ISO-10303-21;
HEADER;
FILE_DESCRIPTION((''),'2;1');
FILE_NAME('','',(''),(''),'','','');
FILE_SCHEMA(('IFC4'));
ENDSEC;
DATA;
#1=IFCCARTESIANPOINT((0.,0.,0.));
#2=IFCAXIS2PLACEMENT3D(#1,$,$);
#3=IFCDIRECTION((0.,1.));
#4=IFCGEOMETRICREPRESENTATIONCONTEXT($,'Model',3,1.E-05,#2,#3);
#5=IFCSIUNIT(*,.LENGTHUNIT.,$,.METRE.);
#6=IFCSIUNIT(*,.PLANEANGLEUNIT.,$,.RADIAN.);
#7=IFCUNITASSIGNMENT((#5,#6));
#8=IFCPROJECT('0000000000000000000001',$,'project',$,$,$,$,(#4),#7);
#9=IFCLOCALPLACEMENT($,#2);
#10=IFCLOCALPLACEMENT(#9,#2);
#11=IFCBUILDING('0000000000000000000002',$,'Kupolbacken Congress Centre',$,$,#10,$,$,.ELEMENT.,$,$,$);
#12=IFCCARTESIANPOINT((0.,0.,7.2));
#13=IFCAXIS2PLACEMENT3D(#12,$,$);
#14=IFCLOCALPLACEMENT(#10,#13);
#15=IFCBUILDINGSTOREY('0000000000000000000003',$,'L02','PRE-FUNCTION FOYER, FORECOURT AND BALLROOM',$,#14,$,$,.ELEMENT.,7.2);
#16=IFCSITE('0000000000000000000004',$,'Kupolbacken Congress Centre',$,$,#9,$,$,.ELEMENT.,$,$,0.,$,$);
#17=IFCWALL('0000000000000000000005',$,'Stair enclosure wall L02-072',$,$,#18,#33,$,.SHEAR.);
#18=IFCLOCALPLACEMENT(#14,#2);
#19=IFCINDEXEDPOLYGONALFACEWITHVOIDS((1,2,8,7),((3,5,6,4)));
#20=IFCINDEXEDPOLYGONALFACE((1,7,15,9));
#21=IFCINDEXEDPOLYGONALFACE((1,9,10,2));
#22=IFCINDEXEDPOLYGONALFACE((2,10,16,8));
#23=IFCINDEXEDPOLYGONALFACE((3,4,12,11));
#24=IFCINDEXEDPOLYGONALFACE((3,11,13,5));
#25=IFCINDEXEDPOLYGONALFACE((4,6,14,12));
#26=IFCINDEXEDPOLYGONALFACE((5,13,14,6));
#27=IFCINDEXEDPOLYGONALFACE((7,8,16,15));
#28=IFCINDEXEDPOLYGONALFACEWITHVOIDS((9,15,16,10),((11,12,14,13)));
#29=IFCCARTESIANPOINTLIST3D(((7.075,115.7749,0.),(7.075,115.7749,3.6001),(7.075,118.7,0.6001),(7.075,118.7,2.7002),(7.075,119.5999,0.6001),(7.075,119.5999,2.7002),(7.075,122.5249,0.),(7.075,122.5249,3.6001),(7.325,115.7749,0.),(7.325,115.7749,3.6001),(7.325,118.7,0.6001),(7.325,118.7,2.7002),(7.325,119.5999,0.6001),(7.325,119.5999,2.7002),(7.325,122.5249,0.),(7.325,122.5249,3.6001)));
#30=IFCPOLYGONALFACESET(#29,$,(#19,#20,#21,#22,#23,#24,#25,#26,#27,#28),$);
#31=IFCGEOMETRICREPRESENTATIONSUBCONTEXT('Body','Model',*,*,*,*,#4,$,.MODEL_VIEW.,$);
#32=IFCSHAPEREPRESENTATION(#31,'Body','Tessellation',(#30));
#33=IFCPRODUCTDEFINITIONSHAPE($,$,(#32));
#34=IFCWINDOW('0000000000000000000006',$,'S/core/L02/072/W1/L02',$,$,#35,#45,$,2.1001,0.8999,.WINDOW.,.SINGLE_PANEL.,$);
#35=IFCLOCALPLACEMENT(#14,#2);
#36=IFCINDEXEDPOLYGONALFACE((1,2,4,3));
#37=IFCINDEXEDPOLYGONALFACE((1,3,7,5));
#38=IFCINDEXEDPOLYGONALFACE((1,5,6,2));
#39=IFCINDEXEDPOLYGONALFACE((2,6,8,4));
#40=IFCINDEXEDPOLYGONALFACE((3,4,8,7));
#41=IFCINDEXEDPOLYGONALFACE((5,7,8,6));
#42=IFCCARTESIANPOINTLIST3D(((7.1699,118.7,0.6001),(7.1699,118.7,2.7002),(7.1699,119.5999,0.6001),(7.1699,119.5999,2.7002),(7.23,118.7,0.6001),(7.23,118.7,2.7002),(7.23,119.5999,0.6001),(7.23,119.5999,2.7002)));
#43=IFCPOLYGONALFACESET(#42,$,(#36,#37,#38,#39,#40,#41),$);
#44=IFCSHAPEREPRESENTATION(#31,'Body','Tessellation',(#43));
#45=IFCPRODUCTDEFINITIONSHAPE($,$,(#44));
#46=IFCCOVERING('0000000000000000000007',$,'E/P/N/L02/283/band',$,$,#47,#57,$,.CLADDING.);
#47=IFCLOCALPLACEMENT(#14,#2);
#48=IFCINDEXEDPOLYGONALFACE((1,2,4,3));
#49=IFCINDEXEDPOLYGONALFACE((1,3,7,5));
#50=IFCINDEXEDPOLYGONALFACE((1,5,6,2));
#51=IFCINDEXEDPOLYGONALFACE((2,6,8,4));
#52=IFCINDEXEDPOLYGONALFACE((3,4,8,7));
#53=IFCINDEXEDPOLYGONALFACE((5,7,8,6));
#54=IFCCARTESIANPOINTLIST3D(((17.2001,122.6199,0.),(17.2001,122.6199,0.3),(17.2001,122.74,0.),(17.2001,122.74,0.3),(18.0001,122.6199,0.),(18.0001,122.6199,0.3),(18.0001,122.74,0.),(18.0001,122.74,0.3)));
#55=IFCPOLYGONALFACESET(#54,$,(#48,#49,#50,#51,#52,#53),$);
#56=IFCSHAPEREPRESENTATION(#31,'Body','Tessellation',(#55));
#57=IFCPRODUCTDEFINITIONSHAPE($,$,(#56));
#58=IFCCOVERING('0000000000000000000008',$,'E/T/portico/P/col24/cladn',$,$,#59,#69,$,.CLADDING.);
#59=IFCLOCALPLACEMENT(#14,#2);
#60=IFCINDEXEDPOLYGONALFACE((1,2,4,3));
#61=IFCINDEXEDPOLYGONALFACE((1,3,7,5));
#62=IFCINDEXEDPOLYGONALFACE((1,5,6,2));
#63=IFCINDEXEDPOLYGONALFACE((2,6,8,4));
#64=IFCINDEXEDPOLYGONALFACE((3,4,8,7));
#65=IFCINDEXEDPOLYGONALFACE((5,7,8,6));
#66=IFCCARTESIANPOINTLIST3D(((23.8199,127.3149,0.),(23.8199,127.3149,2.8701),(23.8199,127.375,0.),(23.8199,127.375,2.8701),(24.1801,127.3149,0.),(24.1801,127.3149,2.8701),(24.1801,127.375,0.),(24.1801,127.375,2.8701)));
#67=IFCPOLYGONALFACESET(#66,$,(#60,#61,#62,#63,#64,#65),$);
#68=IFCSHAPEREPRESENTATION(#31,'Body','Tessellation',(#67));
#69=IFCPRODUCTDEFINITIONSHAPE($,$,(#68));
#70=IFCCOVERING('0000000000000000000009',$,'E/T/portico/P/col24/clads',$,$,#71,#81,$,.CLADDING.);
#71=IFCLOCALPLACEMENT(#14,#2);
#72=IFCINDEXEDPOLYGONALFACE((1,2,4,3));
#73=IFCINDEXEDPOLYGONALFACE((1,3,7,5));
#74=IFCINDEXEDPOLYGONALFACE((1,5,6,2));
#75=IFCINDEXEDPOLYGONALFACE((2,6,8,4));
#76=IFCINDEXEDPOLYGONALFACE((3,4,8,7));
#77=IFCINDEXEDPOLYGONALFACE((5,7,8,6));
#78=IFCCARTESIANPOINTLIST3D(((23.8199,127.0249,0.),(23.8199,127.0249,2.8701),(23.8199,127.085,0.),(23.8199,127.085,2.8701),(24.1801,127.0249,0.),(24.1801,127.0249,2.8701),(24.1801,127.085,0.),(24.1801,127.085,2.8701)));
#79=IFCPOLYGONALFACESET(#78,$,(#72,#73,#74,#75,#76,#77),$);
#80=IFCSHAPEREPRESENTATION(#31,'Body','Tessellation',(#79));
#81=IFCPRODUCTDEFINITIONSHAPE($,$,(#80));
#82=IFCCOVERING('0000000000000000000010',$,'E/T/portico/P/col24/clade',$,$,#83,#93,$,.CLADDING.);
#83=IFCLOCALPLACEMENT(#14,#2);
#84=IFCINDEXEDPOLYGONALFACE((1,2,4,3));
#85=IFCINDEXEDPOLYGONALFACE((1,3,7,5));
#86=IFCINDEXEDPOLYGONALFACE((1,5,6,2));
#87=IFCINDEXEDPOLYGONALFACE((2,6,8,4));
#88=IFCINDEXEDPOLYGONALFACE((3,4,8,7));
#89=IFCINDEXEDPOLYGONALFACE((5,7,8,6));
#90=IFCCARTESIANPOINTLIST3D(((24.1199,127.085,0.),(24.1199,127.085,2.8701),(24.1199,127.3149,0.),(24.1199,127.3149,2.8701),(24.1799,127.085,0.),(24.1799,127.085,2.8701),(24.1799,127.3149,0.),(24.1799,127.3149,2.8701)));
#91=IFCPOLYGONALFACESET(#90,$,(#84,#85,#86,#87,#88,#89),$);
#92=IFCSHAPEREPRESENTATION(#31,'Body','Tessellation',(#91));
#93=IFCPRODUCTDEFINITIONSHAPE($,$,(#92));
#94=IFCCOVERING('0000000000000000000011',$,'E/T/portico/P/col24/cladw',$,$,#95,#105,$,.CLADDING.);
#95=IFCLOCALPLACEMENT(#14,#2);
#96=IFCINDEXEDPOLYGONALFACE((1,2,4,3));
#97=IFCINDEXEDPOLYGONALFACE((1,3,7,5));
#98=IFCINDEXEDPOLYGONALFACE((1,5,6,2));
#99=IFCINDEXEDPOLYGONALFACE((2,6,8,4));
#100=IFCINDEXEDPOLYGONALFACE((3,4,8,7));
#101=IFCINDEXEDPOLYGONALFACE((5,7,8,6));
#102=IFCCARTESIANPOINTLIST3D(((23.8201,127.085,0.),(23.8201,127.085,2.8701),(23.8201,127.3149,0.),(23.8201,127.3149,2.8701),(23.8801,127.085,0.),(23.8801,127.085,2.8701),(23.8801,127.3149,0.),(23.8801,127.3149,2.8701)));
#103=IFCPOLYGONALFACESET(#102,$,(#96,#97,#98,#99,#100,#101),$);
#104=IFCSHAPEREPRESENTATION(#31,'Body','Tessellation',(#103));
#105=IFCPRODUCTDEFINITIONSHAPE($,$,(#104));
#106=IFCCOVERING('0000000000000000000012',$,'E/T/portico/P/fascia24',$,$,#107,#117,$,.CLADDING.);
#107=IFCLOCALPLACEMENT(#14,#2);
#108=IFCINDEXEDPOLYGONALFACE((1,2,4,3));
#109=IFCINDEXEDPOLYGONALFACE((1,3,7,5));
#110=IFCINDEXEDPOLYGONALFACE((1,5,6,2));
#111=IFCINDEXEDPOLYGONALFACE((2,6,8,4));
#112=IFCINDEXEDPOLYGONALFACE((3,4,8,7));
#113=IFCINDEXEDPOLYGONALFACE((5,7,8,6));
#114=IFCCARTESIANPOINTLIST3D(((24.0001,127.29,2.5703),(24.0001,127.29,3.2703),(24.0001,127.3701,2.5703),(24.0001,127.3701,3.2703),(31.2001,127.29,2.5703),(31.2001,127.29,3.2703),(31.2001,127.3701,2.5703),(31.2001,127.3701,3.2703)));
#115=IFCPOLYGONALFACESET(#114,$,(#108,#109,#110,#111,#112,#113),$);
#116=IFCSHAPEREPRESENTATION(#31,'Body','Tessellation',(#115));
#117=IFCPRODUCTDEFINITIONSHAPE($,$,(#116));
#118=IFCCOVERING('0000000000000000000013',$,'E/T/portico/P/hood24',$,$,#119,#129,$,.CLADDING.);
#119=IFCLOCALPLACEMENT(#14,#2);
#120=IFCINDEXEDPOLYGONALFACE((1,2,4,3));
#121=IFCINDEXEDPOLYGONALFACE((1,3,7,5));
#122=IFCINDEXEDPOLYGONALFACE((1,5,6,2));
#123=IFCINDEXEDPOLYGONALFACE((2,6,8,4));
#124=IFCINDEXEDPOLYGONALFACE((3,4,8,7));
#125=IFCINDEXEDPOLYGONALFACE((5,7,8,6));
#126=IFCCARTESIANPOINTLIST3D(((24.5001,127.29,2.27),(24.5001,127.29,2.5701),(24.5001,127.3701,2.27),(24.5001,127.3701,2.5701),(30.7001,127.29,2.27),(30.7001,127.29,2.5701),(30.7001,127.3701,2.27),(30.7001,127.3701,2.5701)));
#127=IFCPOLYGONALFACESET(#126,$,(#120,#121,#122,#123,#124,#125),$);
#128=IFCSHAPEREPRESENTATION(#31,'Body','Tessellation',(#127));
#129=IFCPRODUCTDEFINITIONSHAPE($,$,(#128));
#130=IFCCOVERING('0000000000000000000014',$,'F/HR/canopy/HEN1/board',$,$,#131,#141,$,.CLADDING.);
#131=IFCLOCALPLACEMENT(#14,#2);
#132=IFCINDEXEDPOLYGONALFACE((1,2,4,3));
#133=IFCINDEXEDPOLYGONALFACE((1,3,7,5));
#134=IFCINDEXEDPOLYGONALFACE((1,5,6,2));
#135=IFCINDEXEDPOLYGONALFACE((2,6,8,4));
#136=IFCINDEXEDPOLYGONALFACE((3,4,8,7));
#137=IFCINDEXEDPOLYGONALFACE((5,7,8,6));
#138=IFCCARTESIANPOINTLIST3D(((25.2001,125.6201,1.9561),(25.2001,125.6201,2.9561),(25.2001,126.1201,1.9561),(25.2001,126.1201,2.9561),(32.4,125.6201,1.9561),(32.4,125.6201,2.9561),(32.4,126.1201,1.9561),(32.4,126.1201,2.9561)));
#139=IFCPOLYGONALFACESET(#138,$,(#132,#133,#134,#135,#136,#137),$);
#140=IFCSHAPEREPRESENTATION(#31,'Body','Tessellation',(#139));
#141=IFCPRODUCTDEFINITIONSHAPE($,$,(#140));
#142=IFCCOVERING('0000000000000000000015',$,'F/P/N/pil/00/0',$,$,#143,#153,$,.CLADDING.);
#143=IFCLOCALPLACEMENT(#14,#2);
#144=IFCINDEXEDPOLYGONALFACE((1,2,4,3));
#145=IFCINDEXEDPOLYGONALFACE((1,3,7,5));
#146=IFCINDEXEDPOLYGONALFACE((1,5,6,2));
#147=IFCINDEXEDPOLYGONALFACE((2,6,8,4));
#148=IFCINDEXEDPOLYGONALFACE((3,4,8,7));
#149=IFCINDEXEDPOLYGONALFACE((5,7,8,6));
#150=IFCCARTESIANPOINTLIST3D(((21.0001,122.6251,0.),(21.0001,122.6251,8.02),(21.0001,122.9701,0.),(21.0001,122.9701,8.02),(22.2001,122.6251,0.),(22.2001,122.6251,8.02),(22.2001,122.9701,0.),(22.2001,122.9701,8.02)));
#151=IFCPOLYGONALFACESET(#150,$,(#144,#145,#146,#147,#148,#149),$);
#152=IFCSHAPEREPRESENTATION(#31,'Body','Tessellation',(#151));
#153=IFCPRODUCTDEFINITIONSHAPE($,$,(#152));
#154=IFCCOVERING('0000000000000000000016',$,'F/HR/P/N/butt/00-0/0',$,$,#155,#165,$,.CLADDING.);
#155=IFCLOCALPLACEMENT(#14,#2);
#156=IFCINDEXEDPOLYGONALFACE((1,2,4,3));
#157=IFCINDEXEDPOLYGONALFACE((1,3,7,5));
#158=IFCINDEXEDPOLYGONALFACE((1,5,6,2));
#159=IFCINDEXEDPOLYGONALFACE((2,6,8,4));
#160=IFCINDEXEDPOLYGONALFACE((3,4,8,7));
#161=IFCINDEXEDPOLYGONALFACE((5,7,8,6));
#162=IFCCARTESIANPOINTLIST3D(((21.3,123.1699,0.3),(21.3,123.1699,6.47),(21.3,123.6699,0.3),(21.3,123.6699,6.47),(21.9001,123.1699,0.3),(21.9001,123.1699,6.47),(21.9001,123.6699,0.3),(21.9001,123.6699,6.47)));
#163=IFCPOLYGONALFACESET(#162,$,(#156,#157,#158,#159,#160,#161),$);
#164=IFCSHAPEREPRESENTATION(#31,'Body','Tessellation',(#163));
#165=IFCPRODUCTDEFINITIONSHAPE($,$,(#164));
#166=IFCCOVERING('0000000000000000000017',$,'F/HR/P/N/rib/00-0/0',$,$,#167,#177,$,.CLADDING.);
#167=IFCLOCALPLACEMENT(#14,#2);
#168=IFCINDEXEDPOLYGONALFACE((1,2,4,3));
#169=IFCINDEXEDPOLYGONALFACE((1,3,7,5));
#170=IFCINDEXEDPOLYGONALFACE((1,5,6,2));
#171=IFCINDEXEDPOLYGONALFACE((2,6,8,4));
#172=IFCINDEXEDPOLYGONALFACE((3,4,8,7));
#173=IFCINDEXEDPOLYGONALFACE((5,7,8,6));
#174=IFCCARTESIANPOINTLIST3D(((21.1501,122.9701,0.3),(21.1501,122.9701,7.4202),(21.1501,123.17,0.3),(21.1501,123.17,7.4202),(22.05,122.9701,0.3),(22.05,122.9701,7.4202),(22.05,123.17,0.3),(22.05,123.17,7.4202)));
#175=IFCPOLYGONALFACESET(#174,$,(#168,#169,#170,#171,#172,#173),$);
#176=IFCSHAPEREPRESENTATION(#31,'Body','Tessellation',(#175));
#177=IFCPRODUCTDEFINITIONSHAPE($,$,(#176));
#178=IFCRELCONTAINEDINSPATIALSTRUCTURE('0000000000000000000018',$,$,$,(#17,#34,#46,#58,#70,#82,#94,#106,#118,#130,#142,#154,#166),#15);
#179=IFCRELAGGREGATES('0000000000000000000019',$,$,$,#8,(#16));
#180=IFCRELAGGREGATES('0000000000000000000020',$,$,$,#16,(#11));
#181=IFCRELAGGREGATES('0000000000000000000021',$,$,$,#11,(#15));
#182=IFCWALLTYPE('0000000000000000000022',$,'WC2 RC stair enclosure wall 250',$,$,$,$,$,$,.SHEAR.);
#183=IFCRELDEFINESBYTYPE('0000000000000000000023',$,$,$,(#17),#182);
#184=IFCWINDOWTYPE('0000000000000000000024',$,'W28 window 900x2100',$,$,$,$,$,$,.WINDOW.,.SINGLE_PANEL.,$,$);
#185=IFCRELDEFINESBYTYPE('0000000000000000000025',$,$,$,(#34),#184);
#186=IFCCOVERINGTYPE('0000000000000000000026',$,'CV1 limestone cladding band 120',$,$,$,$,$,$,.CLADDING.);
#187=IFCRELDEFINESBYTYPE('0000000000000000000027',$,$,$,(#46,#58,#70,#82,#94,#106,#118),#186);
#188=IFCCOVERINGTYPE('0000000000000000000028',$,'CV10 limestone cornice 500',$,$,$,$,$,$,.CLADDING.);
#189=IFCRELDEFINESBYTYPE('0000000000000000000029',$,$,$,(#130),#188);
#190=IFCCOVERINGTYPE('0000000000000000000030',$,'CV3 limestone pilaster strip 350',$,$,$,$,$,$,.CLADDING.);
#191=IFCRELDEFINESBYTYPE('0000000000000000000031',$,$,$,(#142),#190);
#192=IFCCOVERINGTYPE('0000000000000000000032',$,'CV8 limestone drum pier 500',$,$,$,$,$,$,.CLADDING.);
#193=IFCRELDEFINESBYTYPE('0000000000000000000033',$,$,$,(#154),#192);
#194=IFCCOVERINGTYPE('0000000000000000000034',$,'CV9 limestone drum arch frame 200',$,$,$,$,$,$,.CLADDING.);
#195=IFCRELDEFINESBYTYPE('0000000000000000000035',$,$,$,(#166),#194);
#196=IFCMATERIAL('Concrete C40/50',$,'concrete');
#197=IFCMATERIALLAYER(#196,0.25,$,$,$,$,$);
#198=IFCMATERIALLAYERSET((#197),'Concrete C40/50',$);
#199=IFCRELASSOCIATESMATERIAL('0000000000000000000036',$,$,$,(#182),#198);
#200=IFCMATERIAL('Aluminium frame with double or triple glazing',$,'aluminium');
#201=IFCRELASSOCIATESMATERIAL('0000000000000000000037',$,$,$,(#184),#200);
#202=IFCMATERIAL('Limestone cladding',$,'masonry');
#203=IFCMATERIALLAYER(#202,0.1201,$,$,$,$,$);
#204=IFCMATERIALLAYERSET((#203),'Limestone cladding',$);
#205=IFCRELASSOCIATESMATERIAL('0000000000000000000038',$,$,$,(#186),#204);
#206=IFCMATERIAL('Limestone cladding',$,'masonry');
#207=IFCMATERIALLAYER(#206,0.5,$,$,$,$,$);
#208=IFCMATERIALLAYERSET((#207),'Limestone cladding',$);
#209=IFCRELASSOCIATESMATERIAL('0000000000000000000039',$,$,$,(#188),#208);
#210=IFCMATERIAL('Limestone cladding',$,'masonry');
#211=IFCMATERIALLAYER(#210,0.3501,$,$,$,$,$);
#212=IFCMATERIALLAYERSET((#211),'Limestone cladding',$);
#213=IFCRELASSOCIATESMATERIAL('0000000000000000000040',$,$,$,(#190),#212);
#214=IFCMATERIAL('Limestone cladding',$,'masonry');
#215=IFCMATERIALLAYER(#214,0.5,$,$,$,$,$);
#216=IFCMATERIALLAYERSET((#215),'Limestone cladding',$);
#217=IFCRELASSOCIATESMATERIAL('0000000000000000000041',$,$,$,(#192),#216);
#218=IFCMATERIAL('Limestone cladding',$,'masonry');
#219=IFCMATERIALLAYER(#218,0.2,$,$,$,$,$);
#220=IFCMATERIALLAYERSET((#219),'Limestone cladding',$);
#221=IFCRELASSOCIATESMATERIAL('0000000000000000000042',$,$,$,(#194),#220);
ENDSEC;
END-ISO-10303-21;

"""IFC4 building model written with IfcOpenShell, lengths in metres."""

from ifc_helpers import new_model, si_unit, direction, frame, frame_2d, origin, origin_2d, place, context, subcontext, project, spatial, rectangle, extrude, material, layer, layer_set, type_object, element, fill, save


model = new_model("IFC4")

# Units and contexts
model_context = context("Model", 3, precision=1e-05, world=origin(), true_north=direction((0.0, 1.0)))
body_context = subcontext(model_context, "Body", "Model", "MODEL_VIEW")
ifc_project = project(units=[si_unit("LENGTHUNIT", "METRE"), si_unit("PLANEANGLEUNIT", "RADIAN")], contexts=[model_context])

# Site, building, storey
site_placement = place(None, origin())
site = spatial("IfcSite", under=ifc_project, at=site_placement, Name="Kupolbacken Congress Centre", CompositionType="ELEMENT", RefElevation=0.0)
building_placement = place(site_placement, origin())
building = spatial("IfcBuilding", under=site, at=building_placement, Name="Kupolbacken Congress Centre", CompositionType="ELEMENT")
storey_placement = place(building_placement, frame((0.0, 0.0, 7.2)))
storey = spatial("IfcBuildingStorey", under=building, at=storey_placement, Name="L02", Description="PRE-FUNCTION FOYER, FORECOURT AND BALLROOM", CompositionType="ELEMENT", Elevation=7.2)

# Wall, opening, window
ifc_material_1 = material(Name="Concrete C40/50", Category="concrete")
ifc_layer_1 = layer(ifc_material_1, 0.25)
ifc_layer_set_1 = layer_set([ifc_layer_1], Name="Concrete C40/50")
wall_type_1 = type_object("IfcWallType", Name="WC2 RC stair enclosure wall 250", PredefinedType="SHEAR", material=ifc_layer_set_1)
wall_1_placement = place(storey_placement, frame((7.2, 122.5249, 0.0), z_axis=(0.0, 0.0, 1.0), x_axis=(0.0, -1.0, 0.0)))
wall_1 = element("IfcWall", 1, at=wall_1_placement, inside=storey, type_object=wall_type_1, Name="Stair enclosure wall L02-072", PredefinedType="SHEAR", context=body_context, shape_type="SweptSolid", body=[
    extrude(rectangle(XDim=6.75, YDim=0.25, at=frame_2d((3.375, 0.0))), origin(), (0.0, 0.0, 1.0), 3.6001),
])
opening_placement = place(wall_1_placement, frame((2.925, 0.0, 0.6001)))
opening = element("IfcOpeningElement", 2, at=opening_placement, cuts=wall_1, PredefinedType="OPENING", context=body_context, shape_type="SweptSolid", body=[
    extrude(rectangle(XDim=0.8999, YDim=2.1001, at=frame_2d((0.45, 1.05))), frame((0.0, 0.135, 0.0), z_axis=(0.0, -1.0, 0.0), x_axis=(1.0, 0.0, 0.0)), (0.0, 0.0, 1.0), 0.27),
])
ifc_material_2 = material(Name="Aluminium frame with double or triple glazing", Category="aluminium")
window_type = type_object("IfcWindowType", Name="W28 window 900x2100", PartitioningType="SINGLE_PANEL", PredefinedType="WINDOW", material=ifc_material_2)
window_placement = place(opening_placement, origin())
window = element("IfcWindow", 3, at=window_placement, inside=storey, type_object=window_type, Name="S/core/L02/072/W1/L02", OverallHeight=2.1001, OverallWidth=0.8999, PartitioningType="SINGLE_PANEL", PredefinedType="WINDOW", context=body_context, shape_type="SweptSolid", body=[
    extrude(rectangle(XDim=0.8999, YDim=2.1001, at=frame_2d((0.45, 1.05))), frame((0.0, 0.03, 0.0), z_axis=(0.0, -1.0, 0.0), x_axis=(1.0, 0.0, 0.0)), (0.0, 0.0, 1.0), 0.0601),
])
fill(opening, window)

# Coverings
ifc_material_3 = material(Name="Limestone cladding", Category="masonry")
ifc_layer_2 = layer(ifc_material_3, 0.1201)
ifc_layer_set_2 = layer_set([ifc_layer_2], Name="Limestone cladding")
covering_type_1 = type_object("IfcCoveringType", Name="CV1 limestone cladding band 120", PredefinedType="CLADDING", material=ifc_layer_set_2)
covering_1_placement = place(storey_placement, frame((17.6001, 122.6799, 0.0), z_axis=(0.0, 0.0, 1.0), x_axis=(-1.0, 0.0, 0.0)))
element("IfcCovering", 4, at=covering_1_placement, inside=storey, type_object=covering_type_1, Name="E/P/N/L02/283/band", PredefinedType="CLADDING", context=body_context, shape_type="SweptSolid", body=[
    extrude(rectangle(XDim=0.8, YDim=0.1201, at=origin_2d()), origin(), (0.0, 0.0, 1.0), 0.3),
])
for number, where, z_axis, x_axis, name in (
    (5, (24.0, 127.345, 0.0), (0.0, 0.0, 1.0), (1.0, 0.0, 0.0), "E/T/portico/P/col24/cladn"),
    (6, (24.0, 127.0549, 0.0), (0.0, 0.0, 1.0), (1.0, 0.0, 0.0), "E/T/portico/P/col24/clads"),
):
    element("IfcCovering", number, at=place(storey_placement, frame(where, z_axis=z_axis, x_axis=x_axis)), inside=storey, type_object=covering_type_1, Name=name, PredefinedType="CLADDING", context=body_context, shape_type="SweptSolid", body=[
        extrude(rectangle(XDim=0.3601, YDim=0.0601, at=origin_2d()), origin(), (0.0, 0.0, 1.0), 2.8701),
    ])
for number, where, z_axis, x_axis, name in (
    (7, (24.1499, 127.2, 0.0), (0.0, 0.0, 1.0), (1.0, 0.0, 0.0), "E/T/portico/P/col24/clade"),
    (8, (23.8501, 127.2, 0.0), (0.0, 0.0, 1.0), (1.0, 0.0, 0.0), "E/T/portico/P/col24/cladw"),
):
    element("IfcCovering", number, at=place(storey_placement, frame(where, z_axis=z_axis, x_axis=x_axis)), inside=storey, type_object=covering_type_1, Name=name, PredefinedType="CLADDING", context=body_context, shape_type="SweptSolid", body=[
        extrude(rectangle(XDim=0.0601, YDim=0.23, at=origin_2d()), origin(), (0.0, 0.0, 1.0), 2.8701),
    ])
covering_2_placement = place(storey_placement, frame((27.6001, 127.3301, 2.5703), z_axis=(0.0, 0.0, 1.0), x_axis=(1.0, 0.0, 0.0)))
element("IfcCovering", 9, at=covering_2_placement, inside=storey, type_object=covering_type_1, Name="E/T/portico/P/fascia24", PredefinedType="CLADDING", context=body_context, shape_type="SweptSolid", body=[
    extrude(rectangle(XDim=7.2, YDim=0.0801, at=origin_2d()), origin(), (0.0, 0.0, 1.0), 0.7),
])
covering_3_placement = place(storey_placement, frame((27.6001, 127.3301, 2.27), z_axis=(0.0, 0.0, 1.0), x_axis=(1.0, 0.0, 0.0)))
element("IfcCovering", 10, at=covering_3_placement, inside=storey, type_object=covering_type_1, Name="E/T/portico/P/hood24", PredefinedType="CLADDING", context=body_context, shape_type="SweptSolid", body=[
    extrude(rectangle(XDim=6.2, YDim=0.0801, at=origin_2d()), origin(), (0.0, 0.0, 1.0), 0.3),
])
ifc_material_4 = material(Name="Limestone cladding", Category="masonry")
ifc_layer_3 = layer(ifc_material_4, 0.5)
ifc_layer_set_3 = layer_set([ifc_layer_3], Name="Limestone cladding")
covering_type_2 = type_object("IfcCoveringType", Name="CV10 limestone cornice 500", PredefinedType="CLADDING", material=ifc_layer_set_3)
covering_4_placement = place(storey_placement, frame((28.8, 125.8701, 1.9561), z_axis=(0.0, 0.0, 1.0), x_axis=(-1.0, 0.0, 0.0)))
element("IfcCovering", 11, at=covering_4_placement, inside=storey, type_object=covering_type_2, Name="F/HR/canopy/HEN1/board", PredefinedType="CLADDING", context=body_context, shape_type="SweptSolid", body=[
    extrude(rectangle(XDim=7.2, YDim=0.5, at=origin_2d()), origin(), (0.0, 0.0, 1.0), 1.0),
])
ifc_material_5 = material(Name="Limestone cladding", Category="masonry")
ifc_layer_4 = layer(ifc_material_5, 0.3501)
ifc_layer_set_4 = layer_set([ifc_layer_4], Name="Limestone cladding")
covering_type_3 = type_object("IfcCoveringType", Name="CV3 limestone pilaster strip 350", PredefinedType="CLADDING", material=ifc_layer_set_4)
covering_5_placement = place(storey_placement, frame((21.6001, 122.7976, 0.0), z_axis=(0.0, 0.0, 1.0), x_axis=(1.0, 0.0, 0.0)))
element("IfcCovering", 12, at=covering_5_placement, inside=storey, type_object=covering_type_3, Name="F/P/N/pil/00/0", PredefinedType="CLADDING", context=body_context, shape_type="SweptSolid", body=[
    extrude(rectangle(XDim=1.2, YDim=0.345, at=origin_2d()), origin(), (0.0, 0.0, 1.0), 8.02),
])
ifc_material_6 = material(Name="Limestone cladding", Category="masonry")
ifc_layer_5 = layer(ifc_material_6, 0.5)
ifc_layer_set_5 = layer_set([ifc_layer_5], Name="Limestone cladding")
covering_type_4 = type_object("IfcCoveringType", Name="CV8 limestone drum pier 500", PredefinedType="CLADDING", material=ifc_layer_set_5)
covering_6_placement = place(storey_placement, frame((21.6001, 123.4199, 0.3), z_axis=(0.0, 0.0, 1.0), x_axis=(1.0, 0.0, 0.0)))
element("IfcCovering", 13, at=covering_6_placement, inside=storey, type_object=covering_type_4, Name="F/HR/P/N/butt/00-0/0", PredefinedType="CLADDING", context=body_context, shape_type="SweptSolid", body=[
    extrude(rectangle(XDim=0.6001, YDim=0.5, at=origin_2d()), origin(), (0.0, 0.0, 1.0), 6.1699),
])
ifc_material_7 = material(Name="Limestone cladding", Category="masonry")
ifc_layer_6 = layer(ifc_material_7, 0.2)
ifc_layer_set_6 = layer_set([ifc_layer_6], Name="Limestone cladding")
covering_type_5 = type_object("IfcCoveringType", Name="CV9 limestone drum arch frame 200", PredefinedType="CLADDING", material=ifc_layer_set_6)
covering_7_placement = place(storey_placement, frame((21.6001, 123.0701, 0.3), z_axis=(0.0, 0.0, 1.0), x_axis=(1.0, 0.0, 0.0)))
element("IfcCovering", 14, at=covering_7_placement, inside=storey, type_object=covering_type_5, Name="F/HR/P/N/rib/00-0/0", PredefinedType="CLADDING", context=body_context, shape_type="SweptSolid", body=[
    extrude(rectangle(XDim=0.8999, YDim=0.2, at=origin_2d()), origin(), (0.0, 0.0, 1.0), 7.1201),
])

save(model, "model.ifc")
